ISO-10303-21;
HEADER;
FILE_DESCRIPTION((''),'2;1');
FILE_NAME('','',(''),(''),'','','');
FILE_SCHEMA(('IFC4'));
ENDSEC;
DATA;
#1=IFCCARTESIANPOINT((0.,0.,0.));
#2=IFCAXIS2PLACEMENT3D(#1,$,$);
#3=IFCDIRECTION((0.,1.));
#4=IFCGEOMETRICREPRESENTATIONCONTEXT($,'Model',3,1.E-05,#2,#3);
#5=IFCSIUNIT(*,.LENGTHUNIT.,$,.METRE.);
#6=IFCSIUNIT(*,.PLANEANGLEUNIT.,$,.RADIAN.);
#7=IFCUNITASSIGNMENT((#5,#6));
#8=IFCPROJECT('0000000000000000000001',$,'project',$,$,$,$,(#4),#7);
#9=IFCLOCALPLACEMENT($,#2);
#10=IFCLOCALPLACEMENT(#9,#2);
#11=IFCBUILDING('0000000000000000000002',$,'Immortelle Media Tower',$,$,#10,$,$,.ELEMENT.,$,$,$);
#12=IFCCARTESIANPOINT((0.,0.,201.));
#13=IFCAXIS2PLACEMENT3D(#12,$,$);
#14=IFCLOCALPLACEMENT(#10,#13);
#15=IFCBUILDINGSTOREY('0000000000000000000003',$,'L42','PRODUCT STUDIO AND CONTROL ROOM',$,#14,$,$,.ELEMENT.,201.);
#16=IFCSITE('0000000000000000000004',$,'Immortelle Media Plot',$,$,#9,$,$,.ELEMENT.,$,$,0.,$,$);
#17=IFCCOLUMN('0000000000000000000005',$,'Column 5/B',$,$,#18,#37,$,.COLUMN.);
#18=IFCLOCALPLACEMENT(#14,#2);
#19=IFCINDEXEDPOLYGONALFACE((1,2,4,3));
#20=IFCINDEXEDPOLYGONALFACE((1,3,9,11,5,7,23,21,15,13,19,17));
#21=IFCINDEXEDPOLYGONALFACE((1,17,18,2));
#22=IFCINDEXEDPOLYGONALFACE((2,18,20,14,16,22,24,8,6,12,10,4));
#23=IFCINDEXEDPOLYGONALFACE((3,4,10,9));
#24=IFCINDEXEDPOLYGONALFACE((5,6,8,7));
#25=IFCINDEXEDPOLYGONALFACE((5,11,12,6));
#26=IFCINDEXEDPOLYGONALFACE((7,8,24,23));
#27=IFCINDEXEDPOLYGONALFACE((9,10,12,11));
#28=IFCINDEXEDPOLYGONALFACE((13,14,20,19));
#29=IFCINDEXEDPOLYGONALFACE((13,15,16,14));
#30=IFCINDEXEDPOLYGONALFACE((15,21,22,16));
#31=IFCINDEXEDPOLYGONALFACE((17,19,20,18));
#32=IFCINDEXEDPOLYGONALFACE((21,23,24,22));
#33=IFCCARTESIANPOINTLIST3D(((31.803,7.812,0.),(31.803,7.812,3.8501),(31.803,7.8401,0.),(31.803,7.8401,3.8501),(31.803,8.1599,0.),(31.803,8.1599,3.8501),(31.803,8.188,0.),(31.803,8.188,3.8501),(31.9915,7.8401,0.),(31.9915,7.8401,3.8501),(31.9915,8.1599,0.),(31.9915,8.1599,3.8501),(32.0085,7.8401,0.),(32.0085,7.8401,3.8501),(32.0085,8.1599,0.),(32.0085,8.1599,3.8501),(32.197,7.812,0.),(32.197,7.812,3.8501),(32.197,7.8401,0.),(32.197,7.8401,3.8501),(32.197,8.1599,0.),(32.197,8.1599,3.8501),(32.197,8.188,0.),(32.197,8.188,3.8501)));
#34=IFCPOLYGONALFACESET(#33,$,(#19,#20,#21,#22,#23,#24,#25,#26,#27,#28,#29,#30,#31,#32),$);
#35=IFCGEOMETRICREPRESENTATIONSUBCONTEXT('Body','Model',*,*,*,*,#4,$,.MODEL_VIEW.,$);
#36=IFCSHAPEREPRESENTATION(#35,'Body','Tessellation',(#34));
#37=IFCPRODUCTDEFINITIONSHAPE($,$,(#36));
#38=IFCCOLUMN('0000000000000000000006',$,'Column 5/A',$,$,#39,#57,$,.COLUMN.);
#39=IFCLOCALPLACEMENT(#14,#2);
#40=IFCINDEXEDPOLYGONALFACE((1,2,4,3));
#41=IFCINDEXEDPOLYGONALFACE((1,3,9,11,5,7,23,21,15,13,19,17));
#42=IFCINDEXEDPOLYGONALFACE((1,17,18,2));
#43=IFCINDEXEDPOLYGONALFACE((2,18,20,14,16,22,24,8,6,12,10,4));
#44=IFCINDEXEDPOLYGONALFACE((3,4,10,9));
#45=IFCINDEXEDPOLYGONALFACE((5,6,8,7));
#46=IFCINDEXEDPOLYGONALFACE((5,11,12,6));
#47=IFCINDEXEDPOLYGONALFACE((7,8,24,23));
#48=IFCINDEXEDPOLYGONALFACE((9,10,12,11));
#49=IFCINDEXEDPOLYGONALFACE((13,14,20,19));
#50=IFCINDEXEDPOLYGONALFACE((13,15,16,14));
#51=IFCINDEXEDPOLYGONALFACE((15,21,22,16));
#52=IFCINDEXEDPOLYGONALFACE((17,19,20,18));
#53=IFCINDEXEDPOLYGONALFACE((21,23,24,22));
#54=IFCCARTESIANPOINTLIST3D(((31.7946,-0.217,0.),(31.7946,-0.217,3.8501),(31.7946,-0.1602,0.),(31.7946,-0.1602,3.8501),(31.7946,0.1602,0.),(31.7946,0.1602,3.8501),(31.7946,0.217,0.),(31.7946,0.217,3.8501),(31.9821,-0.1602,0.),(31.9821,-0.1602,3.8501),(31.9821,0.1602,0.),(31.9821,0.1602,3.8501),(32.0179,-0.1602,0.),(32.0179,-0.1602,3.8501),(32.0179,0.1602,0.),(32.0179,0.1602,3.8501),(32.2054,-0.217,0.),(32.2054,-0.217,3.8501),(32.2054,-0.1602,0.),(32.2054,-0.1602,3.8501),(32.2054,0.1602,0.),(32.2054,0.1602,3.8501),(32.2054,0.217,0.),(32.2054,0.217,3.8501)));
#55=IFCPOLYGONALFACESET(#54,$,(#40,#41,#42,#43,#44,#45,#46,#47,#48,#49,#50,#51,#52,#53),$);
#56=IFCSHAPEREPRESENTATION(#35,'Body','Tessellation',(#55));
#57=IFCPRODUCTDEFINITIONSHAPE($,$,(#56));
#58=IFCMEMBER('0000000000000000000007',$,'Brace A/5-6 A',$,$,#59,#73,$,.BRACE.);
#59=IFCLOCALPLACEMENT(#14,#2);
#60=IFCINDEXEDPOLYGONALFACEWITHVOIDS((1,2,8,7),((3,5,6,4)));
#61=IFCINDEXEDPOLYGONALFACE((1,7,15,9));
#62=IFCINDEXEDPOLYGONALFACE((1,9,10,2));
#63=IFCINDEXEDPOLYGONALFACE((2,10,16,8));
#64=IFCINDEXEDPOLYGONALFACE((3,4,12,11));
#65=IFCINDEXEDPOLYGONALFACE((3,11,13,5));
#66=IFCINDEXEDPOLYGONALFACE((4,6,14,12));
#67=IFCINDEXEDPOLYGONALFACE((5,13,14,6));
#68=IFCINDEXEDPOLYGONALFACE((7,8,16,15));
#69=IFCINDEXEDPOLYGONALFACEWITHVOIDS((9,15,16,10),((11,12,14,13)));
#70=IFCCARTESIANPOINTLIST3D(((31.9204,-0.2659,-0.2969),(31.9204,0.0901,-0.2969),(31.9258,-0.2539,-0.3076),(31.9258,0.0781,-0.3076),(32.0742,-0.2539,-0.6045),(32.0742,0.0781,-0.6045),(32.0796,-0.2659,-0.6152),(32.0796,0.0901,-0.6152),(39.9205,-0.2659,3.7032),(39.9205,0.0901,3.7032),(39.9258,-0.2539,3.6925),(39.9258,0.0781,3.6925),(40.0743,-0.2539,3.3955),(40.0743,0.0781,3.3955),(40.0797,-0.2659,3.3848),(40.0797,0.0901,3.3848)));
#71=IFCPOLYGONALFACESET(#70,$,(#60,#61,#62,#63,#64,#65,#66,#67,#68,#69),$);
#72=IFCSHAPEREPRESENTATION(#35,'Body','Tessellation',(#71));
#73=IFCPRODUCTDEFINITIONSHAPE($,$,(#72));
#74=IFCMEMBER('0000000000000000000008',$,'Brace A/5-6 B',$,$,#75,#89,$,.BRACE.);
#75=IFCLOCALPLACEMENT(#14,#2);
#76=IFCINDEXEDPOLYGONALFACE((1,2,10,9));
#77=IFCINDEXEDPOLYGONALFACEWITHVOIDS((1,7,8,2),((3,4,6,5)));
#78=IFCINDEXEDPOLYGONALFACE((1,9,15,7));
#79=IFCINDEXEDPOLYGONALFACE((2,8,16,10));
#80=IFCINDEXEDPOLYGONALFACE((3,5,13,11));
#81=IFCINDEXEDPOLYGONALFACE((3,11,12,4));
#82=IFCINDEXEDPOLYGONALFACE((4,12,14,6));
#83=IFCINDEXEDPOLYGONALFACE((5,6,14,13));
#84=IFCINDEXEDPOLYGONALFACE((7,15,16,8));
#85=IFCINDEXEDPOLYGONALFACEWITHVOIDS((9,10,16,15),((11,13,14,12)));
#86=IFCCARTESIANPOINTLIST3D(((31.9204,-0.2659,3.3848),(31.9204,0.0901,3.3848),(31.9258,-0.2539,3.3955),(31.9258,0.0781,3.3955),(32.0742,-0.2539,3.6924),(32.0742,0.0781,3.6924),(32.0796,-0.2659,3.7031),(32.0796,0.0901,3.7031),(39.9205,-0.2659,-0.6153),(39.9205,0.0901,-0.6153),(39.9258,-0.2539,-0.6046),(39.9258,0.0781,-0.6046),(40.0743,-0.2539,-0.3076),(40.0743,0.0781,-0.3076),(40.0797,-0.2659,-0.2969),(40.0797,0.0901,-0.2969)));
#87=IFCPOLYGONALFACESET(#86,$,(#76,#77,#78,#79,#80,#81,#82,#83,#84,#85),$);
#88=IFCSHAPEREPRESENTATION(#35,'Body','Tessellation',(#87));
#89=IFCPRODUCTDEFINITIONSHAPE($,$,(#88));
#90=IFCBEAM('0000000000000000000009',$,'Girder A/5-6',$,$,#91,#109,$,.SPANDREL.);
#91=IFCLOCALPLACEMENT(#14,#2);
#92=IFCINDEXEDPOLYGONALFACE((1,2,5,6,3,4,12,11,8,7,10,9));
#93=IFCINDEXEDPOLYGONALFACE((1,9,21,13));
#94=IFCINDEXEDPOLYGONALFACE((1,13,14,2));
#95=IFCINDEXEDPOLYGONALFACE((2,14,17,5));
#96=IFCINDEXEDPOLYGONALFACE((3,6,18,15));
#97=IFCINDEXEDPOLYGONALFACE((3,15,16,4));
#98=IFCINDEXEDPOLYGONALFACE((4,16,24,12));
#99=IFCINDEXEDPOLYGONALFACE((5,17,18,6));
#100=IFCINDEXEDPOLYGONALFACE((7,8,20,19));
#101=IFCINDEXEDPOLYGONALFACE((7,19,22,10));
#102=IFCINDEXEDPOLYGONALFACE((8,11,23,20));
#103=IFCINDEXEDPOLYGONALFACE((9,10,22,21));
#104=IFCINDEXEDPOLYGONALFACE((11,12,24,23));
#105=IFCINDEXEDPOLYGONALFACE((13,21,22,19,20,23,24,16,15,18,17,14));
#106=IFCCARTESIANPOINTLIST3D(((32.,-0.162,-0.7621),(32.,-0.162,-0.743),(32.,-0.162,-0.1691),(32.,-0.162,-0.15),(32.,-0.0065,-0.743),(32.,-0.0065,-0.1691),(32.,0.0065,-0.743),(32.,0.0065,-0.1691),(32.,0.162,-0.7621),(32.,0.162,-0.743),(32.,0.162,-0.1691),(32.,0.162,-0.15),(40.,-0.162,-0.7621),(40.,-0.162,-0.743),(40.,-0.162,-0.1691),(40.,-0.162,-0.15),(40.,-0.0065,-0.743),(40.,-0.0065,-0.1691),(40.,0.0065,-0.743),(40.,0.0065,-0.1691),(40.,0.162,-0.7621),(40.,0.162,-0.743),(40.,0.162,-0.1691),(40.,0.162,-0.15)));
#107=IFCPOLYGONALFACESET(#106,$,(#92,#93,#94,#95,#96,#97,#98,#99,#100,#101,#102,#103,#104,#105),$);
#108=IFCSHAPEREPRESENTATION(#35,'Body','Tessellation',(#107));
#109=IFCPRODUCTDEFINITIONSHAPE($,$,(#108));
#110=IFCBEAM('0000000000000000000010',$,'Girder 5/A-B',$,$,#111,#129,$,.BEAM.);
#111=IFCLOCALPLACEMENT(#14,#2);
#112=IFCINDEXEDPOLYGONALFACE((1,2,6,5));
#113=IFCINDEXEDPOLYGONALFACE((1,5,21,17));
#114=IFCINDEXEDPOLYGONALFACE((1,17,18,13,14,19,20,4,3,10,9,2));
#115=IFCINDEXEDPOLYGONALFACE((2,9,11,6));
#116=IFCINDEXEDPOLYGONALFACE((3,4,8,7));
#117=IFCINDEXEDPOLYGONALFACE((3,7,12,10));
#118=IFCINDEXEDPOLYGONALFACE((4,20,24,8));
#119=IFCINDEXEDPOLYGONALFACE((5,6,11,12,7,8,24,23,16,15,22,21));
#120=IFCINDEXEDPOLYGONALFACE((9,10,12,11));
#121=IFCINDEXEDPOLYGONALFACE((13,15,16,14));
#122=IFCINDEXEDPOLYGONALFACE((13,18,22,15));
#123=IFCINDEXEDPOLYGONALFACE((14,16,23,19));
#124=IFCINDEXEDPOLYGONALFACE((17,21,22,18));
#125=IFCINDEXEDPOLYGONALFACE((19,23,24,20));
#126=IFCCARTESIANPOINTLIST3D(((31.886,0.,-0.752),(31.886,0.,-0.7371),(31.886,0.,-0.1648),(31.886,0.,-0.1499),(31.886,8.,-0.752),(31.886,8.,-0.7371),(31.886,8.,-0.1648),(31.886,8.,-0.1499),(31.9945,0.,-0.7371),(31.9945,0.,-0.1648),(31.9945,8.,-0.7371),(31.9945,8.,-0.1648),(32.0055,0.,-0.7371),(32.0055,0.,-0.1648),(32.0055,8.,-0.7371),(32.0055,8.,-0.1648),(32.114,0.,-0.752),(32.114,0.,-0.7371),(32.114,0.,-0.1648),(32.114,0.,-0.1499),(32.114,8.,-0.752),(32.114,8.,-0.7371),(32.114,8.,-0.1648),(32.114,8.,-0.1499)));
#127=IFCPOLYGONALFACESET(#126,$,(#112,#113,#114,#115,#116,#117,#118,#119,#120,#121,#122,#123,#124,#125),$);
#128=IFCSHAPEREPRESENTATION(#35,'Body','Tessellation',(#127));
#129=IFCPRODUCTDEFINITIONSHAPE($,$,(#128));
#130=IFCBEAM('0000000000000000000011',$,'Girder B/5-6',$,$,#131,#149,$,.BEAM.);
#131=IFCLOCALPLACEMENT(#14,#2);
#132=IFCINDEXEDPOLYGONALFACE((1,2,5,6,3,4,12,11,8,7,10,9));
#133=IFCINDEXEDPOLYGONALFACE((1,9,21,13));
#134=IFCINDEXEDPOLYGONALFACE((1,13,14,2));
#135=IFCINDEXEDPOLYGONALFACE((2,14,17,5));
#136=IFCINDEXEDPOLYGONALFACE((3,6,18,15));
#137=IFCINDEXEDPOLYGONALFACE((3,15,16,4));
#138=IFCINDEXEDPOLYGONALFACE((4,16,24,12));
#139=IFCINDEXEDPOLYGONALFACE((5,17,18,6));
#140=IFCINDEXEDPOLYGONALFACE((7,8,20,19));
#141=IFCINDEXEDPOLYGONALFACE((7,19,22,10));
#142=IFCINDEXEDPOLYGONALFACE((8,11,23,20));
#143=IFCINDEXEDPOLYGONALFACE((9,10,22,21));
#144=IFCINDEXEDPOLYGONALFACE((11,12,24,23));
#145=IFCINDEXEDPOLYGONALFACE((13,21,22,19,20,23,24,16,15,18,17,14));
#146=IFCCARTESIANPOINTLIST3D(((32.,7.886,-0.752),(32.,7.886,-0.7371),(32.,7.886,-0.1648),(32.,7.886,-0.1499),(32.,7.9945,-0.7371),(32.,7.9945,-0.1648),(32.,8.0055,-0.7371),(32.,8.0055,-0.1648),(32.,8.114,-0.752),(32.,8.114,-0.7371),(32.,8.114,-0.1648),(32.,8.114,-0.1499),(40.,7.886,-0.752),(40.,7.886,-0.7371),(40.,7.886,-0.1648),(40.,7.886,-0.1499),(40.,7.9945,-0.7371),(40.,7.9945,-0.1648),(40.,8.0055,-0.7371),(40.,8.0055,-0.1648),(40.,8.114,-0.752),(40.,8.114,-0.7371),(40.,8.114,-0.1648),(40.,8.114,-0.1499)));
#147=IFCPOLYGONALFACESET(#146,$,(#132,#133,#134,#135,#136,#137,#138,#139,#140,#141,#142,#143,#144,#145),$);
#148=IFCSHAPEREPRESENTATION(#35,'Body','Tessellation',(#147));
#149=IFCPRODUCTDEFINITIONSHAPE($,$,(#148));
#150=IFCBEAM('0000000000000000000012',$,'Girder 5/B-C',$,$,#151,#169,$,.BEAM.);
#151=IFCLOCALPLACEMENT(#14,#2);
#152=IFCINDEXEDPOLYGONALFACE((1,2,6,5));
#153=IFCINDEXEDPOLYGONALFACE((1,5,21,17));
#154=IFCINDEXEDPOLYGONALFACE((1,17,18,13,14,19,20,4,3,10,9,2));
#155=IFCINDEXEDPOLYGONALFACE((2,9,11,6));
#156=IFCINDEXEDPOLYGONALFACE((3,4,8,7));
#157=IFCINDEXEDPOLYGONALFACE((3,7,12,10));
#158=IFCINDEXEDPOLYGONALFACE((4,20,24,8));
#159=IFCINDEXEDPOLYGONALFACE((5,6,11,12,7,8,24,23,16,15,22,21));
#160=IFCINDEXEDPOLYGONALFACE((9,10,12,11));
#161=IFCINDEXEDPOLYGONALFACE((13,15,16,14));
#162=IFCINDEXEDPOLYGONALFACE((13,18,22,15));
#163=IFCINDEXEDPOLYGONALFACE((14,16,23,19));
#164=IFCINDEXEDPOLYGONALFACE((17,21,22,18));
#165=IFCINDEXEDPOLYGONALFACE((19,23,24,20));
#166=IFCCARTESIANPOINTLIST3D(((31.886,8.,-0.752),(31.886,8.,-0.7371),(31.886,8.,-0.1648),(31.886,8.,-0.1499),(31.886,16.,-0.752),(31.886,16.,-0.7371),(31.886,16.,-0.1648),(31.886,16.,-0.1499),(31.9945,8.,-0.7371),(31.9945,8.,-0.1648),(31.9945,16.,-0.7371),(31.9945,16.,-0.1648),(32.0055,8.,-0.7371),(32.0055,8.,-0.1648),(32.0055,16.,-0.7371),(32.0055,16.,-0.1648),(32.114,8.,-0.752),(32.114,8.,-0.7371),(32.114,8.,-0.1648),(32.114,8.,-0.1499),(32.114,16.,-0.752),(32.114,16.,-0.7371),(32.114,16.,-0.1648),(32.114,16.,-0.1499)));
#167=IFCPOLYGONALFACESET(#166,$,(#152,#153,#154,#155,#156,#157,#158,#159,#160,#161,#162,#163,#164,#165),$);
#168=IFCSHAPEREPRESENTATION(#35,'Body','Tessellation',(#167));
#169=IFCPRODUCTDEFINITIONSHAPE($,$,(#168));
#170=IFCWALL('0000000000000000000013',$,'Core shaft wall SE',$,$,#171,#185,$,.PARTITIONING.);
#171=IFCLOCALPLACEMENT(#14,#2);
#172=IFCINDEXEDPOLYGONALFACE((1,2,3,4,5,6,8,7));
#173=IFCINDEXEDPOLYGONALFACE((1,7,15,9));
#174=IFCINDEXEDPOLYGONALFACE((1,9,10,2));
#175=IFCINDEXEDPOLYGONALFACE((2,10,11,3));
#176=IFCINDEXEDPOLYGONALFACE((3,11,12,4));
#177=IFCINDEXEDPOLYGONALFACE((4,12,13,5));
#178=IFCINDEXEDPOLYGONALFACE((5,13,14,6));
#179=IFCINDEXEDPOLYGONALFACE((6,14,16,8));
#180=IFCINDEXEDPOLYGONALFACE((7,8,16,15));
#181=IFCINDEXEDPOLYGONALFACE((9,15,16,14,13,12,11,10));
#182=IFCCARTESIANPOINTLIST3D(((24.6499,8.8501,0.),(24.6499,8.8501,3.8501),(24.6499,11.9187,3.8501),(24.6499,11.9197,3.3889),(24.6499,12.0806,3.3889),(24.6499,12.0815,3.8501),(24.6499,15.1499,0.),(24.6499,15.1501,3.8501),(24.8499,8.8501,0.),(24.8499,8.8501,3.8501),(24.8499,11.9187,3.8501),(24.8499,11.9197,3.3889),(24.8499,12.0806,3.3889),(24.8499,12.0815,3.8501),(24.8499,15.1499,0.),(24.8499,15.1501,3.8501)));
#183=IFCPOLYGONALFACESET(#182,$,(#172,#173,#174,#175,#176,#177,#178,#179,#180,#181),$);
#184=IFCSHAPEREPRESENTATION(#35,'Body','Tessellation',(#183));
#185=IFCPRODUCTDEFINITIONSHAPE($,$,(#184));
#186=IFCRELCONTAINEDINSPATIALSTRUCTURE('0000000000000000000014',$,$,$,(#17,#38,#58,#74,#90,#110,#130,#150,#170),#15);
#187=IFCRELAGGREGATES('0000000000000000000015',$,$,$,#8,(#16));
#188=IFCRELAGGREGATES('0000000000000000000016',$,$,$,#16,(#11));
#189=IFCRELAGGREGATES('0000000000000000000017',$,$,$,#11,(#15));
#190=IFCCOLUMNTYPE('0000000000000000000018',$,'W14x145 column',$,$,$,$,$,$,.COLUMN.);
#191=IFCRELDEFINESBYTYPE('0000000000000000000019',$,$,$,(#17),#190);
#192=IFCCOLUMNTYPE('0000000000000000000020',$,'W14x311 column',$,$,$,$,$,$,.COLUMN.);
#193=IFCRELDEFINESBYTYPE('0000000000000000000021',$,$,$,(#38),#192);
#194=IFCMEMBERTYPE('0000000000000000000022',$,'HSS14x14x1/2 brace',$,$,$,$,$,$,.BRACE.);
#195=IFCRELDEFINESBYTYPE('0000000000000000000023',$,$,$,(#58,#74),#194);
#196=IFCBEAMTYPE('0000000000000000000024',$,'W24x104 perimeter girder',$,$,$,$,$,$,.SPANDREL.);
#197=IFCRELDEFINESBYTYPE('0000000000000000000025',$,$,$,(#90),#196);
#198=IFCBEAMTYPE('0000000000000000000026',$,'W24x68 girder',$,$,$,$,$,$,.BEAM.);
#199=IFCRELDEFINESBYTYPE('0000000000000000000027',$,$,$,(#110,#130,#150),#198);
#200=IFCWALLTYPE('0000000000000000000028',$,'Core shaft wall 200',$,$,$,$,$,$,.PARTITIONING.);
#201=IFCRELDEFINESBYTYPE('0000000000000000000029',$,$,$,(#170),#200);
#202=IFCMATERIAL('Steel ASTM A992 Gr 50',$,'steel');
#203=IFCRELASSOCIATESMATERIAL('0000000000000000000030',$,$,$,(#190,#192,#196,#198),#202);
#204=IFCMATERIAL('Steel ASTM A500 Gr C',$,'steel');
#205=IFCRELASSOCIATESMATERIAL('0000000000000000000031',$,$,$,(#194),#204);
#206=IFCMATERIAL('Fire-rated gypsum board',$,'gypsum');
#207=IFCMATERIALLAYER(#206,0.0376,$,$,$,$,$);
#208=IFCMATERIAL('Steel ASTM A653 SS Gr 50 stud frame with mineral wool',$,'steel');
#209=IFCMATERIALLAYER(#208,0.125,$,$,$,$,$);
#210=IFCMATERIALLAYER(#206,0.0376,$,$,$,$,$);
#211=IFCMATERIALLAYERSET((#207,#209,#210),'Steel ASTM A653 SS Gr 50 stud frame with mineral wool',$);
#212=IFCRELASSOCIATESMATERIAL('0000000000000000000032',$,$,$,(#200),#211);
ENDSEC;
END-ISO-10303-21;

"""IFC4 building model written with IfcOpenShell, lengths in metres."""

from ifc_helpers import new_model, si_unit, direction, frame, origin, origin_2d, place, context, subcontext, project, spatial, polyline, hollow_rectangle, i_section, outline, extrude, material, layer, layer_set, material_profile, profile_set, type_object, element, save


model = new_model("IFC4")

# Units and contexts
model_context = context("Model", 3, precision=1e-05, world=origin(), true_north=direction((0.0, 1.0)))
body_context = subcontext(model_context, "Body", "Model", "MODEL_VIEW")
ifc_project = project(units=[si_unit("LENGTHUNIT", "METRE"), si_unit("PLANEANGLEUNIT", "RADIAN")], contexts=[model_context])

# Site, building, storey
site_placement = place(None, origin())
site = spatial("IfcSite", under=ifc_project, at=site_placement, Name="Immortelle Media Plot", CompositionType="ELEMENT", RefElevation=0.0)
building_placement = place(site_placement, origin())
building = spatial("IfcBuilding", under=site, at=building_placement, Name="Immortelle Media Tower", CompositionType="ELEMENT")
storey_placement = place(building_placement, frame((0.0, 0.0, 201.0)))
storey = spatial("IfcBuildingStorey", under=building, at=storey_placement, Name="L42", Description="PRODUCT STUDIO AND CONTROL ROOM", CompositionType="ELEMENT", Elevation=201.0)

# Columns
ifc_material_1 = material(Name="Steel ASTM A992 Gr 50", Category="steel")
ifc_material_profile_1 = material_profile(ifc_material_1, i_section(OverallWidth=0.394, OverallDepth=0.376, WebThickness=0.0171, FlangeThickness=0.0281, at=origin_2d()), Name="W14x145")
ifc_profile_set_1 = profile_set([ifc_material_profile_1], Name="Steel ASTM A992 Gr 50")
column_type_1 = type_object("IfcColumnType", Name="W14x145 column", PredefinedType="COLUMN", material=ifc_profile_set_1)
column_1_placement = place(storey_placement, frame((32.0, 8.0, 0.0), z_axis=(0.0, 0.0, 1.0), x_axis=(1.0, 0.0, 0.0)))
element("IfcColumn", 1, at=column_1_placement, inside=storey, type_object=column_type_1, Name="Column 5/B", PredefinedType="COLUMN", context=body_context, shape_type="SweptSolid", body=[
    extrude(i_section(OverallWidth=0.394, OverallDepth=0.376, WebThickness=0.0171, FlangeThickness=0.0281, at=origin_2d()), origin(), (0.0, 0.0, 1.0), 3.8501),
])
ifc_material_profile_2 = material_profile(ifc_material_1, i_section(OverallWidth=0.4109, OverallDepth=0.4341, WebThickness=0.0359, FlangeThickness=0.0569, at=origin_2d()), Name="W14x311")
ifc_profile_set_2 = profile_set([ifc_material_profile_2], Name="Steel ASTM A992 Gr 50")
column_type_2 = type_object("IfcColumnType", Name="W14x311 column", PredefinedType="COLUMN", material=ifc_profile_set_2)
column_2_placement = place(storey_placement, frame((32.0, 0.0, 0.0), z_axis=(0.0, 0.0, 1.0), x_axis=(1.0, 0.0, 0.0)))
element("IfcColumn", 2, at=column_2_placement, inside=storey, type_object=column_type_2, Name="Column 5/A", PredefinedType="COLUMN", context=body_context, shape_type="SweptSolid", body=[
    extrude(i_section(OverallWidth=0.4109, OverallDepth=0.4341, WebThickness=0.0359, FlangeThickness=0.0569, at=origin_2d()), origin(), (0.0, 0.0, 1.0), 3.8501),
])

# Members
ifc_material_2 = material(Name="Steel ASTM A500 Gr C", Category="steel")
ifc_material_profile_3 = material_profile(ifc_material_2, hollow_rectangle(XDim=0.356, YDim=0.356, WallThickness=0.012, at=origin_2d()), Name="HSS14x14x1/2 brace")
ifc_profile_set_3 = profile_set([ifc_material_profile_3], Name="Steel ASTM A500 Gr C")
member_type = type_object("IfcMemberType", Name="HSS14x14x1/2 brace", PredefinedType="BRACE", material=ifc_profile_set_3)
for number, where, z_axis, x_axis, name in (
    (3, (32.0, -0.0879, -0.4561), (0.894427, 0.0, 0.447214), (0.0, 1.0, 0.0), "Brace A/5-6 A"),
    (4, (32.0, -0.0879, 3.5439), (0.894427, 0.0, -0.447214), (0.0, 1.0, 0.0), "Brace A/5-6 B"),
):
    element("IfcMember", number, at=place(storey_placement, frame(where, z_axis=z_axis, x_axis=x_axis)), inside=storey, type_object=member_type, Name=name, PredefinedType="BRACE", context=body_context, shape_type="SweptSolid", body=[
        extrude(hollow_rectangle(XDim=0.356, YDim=0.356, WallThickness=0.012, at=origin_2d()), origin(), (0.0, 0.0, 1.0), 8.9443),
    ])

# Beams
ifc_material_profile_4 = material_profile(ifc_material_1, i_section(OverallWidth=0.324, OverallDepth=0.6121, WebThickness=0.0129, FlangeThickness=0.019, at=origin_2d()), Name="W24x104")
ifc_profile_set_4 = profile_set([ifc_material_profile_4], Name="Steel ASTM A992 Gr 50")
beam_type_1 = type_object("IfcBeamType", Name="W24x104 perimeter girder", PredefinedType="SPANDREL", material=ifc_profile_set_4)
beam_placement = place(storey_placement, frame((32.0, 0.0, -0.4561), z_axis=(1.0, 0.0, 0.0), x_axis=(0.0, 1.0, 0.0)))
element("IfcBeam", 5, at=beam_placement, inside=storey, type_object=beam_type_1, Name="Girder A/5-6", PredefinedType="SPANDREL", context=body_context, shape_type="SweptSolid", body=[
    extrude(i_section(OverallWidth=0.324, OverallDepth=0.6121, WebThickness=0.0129, FlangeThickness=0.019, at=origin_2d()), origin(), (0.0, 0.0, 1.0), 8.0),
])
ifc_material_profile_5 = material_profile(ifc_material_1, i_section(OverallWidth=0.228, OverallDepth=0.6021, WebThickness=0.011, FlangeThickness=0.0149, at=origin_2d()), Name="W24x68")
ifc_profile_set_5 = profile_set([ifc_material_profile_5], Name="Steel ASTM A992 Gr 50")
beam_type_2 = type_object("IfcBeamType", Name="W24x68 girder", PredefinedType="BEAM", material=ifc_profile_set_5)
for number, where, z_axis, x_axis, name in (
    (6, (32.0, 0.0, -0.4509), (0.0, 1.0, 0.0), (-1.0, 0.0, 0.0), "Girder 5/A-B"),
    (7, (32.0, 8.0, -0.4509), (1.0, 0.0, 0.0), (0.0, 1.0, 0.0), "Girder B/5-6"),
    (8, (32.0, 8.0, -0.4509), (0.0, 1.0, 0.0), (-1.0, 0.0, 0.0), "Girder 5/B-C"),
):
    element("IfcBeam", number, at=place(storey_placement, frame(where, z_axis=z_axis, x_axis=x_axis)), inside=storey, type_object=beam_type_2, Name=name, PredefinedType="BEAM", context=body_context, shape_type="SweptSolid", body=[
        extrude(i_section(OverallWidth=0.228, OverallDepth=0.6021, WebThickness=0.011, FlangeThickness=0.0149, at=origin_2d()), origin(), (0.0, 0.0, 1.0), 8.0),
    ])

# Wall
ifc_material_3 = material(Name="Fire-rated gypsum board", Category="gypsum")
ifc_layer_1 = layer(ifc_material_3, 0.0376)
ifc_material_4 = material(Name="Steel ASTM A653 SS Gr 50 stud frame with mineral wool", Category="steel")
ifc_layer_2 = layer(ifc_material_4, 0.125)
ifc_layer_3 = layer(ifc_material_3, 0.0376)
ifc_layer_set_1 = layer_set([ifc_layer_1, ifc_layer_2, ifc_layer_3], Name="Steel ASTM A653 SS Gr 50 stud frame with mineral wool")
wall_type_1 = type_object("IfcWallType", Name="Core shaft wall 200", PredefinedType="PARTITIONING", material=ifc_layer_set_1)
wall_1_placement = place(storey_placement, frame((24.75, 8.8501, 0.0), z_axis=(0.0, 0.0, 1.0), x_axis=(0.0, 1.0, 0.0)))
element("IfcWall", 9, at=wall_1_placement, inside=storey, type_object=wall_type_1, Name="Core shaft wall SE", PredefinedType="PARTITIONING", context=body_context, shape_type="SweptSolid", body=[
    extrude(outline(polyline([(0.0, 0.0), (6.2998, 0.0), (6.3, 3.8501), (3.2314, 3.8501), (3.2305, 3.3889), (3.0696, 3.3889), (3.0686, 3.8501), (0.0, 3.8501), (0.0, 0.0)])), frame((0.0, 0.1001, 0.0), z_axis=(0.0, -1.0, 0.0), x_axis=(1.0, 0.0, 0.0)), (0.0, 0.0, 1.0), 0.2),
])

save(model, "model.ifc")
